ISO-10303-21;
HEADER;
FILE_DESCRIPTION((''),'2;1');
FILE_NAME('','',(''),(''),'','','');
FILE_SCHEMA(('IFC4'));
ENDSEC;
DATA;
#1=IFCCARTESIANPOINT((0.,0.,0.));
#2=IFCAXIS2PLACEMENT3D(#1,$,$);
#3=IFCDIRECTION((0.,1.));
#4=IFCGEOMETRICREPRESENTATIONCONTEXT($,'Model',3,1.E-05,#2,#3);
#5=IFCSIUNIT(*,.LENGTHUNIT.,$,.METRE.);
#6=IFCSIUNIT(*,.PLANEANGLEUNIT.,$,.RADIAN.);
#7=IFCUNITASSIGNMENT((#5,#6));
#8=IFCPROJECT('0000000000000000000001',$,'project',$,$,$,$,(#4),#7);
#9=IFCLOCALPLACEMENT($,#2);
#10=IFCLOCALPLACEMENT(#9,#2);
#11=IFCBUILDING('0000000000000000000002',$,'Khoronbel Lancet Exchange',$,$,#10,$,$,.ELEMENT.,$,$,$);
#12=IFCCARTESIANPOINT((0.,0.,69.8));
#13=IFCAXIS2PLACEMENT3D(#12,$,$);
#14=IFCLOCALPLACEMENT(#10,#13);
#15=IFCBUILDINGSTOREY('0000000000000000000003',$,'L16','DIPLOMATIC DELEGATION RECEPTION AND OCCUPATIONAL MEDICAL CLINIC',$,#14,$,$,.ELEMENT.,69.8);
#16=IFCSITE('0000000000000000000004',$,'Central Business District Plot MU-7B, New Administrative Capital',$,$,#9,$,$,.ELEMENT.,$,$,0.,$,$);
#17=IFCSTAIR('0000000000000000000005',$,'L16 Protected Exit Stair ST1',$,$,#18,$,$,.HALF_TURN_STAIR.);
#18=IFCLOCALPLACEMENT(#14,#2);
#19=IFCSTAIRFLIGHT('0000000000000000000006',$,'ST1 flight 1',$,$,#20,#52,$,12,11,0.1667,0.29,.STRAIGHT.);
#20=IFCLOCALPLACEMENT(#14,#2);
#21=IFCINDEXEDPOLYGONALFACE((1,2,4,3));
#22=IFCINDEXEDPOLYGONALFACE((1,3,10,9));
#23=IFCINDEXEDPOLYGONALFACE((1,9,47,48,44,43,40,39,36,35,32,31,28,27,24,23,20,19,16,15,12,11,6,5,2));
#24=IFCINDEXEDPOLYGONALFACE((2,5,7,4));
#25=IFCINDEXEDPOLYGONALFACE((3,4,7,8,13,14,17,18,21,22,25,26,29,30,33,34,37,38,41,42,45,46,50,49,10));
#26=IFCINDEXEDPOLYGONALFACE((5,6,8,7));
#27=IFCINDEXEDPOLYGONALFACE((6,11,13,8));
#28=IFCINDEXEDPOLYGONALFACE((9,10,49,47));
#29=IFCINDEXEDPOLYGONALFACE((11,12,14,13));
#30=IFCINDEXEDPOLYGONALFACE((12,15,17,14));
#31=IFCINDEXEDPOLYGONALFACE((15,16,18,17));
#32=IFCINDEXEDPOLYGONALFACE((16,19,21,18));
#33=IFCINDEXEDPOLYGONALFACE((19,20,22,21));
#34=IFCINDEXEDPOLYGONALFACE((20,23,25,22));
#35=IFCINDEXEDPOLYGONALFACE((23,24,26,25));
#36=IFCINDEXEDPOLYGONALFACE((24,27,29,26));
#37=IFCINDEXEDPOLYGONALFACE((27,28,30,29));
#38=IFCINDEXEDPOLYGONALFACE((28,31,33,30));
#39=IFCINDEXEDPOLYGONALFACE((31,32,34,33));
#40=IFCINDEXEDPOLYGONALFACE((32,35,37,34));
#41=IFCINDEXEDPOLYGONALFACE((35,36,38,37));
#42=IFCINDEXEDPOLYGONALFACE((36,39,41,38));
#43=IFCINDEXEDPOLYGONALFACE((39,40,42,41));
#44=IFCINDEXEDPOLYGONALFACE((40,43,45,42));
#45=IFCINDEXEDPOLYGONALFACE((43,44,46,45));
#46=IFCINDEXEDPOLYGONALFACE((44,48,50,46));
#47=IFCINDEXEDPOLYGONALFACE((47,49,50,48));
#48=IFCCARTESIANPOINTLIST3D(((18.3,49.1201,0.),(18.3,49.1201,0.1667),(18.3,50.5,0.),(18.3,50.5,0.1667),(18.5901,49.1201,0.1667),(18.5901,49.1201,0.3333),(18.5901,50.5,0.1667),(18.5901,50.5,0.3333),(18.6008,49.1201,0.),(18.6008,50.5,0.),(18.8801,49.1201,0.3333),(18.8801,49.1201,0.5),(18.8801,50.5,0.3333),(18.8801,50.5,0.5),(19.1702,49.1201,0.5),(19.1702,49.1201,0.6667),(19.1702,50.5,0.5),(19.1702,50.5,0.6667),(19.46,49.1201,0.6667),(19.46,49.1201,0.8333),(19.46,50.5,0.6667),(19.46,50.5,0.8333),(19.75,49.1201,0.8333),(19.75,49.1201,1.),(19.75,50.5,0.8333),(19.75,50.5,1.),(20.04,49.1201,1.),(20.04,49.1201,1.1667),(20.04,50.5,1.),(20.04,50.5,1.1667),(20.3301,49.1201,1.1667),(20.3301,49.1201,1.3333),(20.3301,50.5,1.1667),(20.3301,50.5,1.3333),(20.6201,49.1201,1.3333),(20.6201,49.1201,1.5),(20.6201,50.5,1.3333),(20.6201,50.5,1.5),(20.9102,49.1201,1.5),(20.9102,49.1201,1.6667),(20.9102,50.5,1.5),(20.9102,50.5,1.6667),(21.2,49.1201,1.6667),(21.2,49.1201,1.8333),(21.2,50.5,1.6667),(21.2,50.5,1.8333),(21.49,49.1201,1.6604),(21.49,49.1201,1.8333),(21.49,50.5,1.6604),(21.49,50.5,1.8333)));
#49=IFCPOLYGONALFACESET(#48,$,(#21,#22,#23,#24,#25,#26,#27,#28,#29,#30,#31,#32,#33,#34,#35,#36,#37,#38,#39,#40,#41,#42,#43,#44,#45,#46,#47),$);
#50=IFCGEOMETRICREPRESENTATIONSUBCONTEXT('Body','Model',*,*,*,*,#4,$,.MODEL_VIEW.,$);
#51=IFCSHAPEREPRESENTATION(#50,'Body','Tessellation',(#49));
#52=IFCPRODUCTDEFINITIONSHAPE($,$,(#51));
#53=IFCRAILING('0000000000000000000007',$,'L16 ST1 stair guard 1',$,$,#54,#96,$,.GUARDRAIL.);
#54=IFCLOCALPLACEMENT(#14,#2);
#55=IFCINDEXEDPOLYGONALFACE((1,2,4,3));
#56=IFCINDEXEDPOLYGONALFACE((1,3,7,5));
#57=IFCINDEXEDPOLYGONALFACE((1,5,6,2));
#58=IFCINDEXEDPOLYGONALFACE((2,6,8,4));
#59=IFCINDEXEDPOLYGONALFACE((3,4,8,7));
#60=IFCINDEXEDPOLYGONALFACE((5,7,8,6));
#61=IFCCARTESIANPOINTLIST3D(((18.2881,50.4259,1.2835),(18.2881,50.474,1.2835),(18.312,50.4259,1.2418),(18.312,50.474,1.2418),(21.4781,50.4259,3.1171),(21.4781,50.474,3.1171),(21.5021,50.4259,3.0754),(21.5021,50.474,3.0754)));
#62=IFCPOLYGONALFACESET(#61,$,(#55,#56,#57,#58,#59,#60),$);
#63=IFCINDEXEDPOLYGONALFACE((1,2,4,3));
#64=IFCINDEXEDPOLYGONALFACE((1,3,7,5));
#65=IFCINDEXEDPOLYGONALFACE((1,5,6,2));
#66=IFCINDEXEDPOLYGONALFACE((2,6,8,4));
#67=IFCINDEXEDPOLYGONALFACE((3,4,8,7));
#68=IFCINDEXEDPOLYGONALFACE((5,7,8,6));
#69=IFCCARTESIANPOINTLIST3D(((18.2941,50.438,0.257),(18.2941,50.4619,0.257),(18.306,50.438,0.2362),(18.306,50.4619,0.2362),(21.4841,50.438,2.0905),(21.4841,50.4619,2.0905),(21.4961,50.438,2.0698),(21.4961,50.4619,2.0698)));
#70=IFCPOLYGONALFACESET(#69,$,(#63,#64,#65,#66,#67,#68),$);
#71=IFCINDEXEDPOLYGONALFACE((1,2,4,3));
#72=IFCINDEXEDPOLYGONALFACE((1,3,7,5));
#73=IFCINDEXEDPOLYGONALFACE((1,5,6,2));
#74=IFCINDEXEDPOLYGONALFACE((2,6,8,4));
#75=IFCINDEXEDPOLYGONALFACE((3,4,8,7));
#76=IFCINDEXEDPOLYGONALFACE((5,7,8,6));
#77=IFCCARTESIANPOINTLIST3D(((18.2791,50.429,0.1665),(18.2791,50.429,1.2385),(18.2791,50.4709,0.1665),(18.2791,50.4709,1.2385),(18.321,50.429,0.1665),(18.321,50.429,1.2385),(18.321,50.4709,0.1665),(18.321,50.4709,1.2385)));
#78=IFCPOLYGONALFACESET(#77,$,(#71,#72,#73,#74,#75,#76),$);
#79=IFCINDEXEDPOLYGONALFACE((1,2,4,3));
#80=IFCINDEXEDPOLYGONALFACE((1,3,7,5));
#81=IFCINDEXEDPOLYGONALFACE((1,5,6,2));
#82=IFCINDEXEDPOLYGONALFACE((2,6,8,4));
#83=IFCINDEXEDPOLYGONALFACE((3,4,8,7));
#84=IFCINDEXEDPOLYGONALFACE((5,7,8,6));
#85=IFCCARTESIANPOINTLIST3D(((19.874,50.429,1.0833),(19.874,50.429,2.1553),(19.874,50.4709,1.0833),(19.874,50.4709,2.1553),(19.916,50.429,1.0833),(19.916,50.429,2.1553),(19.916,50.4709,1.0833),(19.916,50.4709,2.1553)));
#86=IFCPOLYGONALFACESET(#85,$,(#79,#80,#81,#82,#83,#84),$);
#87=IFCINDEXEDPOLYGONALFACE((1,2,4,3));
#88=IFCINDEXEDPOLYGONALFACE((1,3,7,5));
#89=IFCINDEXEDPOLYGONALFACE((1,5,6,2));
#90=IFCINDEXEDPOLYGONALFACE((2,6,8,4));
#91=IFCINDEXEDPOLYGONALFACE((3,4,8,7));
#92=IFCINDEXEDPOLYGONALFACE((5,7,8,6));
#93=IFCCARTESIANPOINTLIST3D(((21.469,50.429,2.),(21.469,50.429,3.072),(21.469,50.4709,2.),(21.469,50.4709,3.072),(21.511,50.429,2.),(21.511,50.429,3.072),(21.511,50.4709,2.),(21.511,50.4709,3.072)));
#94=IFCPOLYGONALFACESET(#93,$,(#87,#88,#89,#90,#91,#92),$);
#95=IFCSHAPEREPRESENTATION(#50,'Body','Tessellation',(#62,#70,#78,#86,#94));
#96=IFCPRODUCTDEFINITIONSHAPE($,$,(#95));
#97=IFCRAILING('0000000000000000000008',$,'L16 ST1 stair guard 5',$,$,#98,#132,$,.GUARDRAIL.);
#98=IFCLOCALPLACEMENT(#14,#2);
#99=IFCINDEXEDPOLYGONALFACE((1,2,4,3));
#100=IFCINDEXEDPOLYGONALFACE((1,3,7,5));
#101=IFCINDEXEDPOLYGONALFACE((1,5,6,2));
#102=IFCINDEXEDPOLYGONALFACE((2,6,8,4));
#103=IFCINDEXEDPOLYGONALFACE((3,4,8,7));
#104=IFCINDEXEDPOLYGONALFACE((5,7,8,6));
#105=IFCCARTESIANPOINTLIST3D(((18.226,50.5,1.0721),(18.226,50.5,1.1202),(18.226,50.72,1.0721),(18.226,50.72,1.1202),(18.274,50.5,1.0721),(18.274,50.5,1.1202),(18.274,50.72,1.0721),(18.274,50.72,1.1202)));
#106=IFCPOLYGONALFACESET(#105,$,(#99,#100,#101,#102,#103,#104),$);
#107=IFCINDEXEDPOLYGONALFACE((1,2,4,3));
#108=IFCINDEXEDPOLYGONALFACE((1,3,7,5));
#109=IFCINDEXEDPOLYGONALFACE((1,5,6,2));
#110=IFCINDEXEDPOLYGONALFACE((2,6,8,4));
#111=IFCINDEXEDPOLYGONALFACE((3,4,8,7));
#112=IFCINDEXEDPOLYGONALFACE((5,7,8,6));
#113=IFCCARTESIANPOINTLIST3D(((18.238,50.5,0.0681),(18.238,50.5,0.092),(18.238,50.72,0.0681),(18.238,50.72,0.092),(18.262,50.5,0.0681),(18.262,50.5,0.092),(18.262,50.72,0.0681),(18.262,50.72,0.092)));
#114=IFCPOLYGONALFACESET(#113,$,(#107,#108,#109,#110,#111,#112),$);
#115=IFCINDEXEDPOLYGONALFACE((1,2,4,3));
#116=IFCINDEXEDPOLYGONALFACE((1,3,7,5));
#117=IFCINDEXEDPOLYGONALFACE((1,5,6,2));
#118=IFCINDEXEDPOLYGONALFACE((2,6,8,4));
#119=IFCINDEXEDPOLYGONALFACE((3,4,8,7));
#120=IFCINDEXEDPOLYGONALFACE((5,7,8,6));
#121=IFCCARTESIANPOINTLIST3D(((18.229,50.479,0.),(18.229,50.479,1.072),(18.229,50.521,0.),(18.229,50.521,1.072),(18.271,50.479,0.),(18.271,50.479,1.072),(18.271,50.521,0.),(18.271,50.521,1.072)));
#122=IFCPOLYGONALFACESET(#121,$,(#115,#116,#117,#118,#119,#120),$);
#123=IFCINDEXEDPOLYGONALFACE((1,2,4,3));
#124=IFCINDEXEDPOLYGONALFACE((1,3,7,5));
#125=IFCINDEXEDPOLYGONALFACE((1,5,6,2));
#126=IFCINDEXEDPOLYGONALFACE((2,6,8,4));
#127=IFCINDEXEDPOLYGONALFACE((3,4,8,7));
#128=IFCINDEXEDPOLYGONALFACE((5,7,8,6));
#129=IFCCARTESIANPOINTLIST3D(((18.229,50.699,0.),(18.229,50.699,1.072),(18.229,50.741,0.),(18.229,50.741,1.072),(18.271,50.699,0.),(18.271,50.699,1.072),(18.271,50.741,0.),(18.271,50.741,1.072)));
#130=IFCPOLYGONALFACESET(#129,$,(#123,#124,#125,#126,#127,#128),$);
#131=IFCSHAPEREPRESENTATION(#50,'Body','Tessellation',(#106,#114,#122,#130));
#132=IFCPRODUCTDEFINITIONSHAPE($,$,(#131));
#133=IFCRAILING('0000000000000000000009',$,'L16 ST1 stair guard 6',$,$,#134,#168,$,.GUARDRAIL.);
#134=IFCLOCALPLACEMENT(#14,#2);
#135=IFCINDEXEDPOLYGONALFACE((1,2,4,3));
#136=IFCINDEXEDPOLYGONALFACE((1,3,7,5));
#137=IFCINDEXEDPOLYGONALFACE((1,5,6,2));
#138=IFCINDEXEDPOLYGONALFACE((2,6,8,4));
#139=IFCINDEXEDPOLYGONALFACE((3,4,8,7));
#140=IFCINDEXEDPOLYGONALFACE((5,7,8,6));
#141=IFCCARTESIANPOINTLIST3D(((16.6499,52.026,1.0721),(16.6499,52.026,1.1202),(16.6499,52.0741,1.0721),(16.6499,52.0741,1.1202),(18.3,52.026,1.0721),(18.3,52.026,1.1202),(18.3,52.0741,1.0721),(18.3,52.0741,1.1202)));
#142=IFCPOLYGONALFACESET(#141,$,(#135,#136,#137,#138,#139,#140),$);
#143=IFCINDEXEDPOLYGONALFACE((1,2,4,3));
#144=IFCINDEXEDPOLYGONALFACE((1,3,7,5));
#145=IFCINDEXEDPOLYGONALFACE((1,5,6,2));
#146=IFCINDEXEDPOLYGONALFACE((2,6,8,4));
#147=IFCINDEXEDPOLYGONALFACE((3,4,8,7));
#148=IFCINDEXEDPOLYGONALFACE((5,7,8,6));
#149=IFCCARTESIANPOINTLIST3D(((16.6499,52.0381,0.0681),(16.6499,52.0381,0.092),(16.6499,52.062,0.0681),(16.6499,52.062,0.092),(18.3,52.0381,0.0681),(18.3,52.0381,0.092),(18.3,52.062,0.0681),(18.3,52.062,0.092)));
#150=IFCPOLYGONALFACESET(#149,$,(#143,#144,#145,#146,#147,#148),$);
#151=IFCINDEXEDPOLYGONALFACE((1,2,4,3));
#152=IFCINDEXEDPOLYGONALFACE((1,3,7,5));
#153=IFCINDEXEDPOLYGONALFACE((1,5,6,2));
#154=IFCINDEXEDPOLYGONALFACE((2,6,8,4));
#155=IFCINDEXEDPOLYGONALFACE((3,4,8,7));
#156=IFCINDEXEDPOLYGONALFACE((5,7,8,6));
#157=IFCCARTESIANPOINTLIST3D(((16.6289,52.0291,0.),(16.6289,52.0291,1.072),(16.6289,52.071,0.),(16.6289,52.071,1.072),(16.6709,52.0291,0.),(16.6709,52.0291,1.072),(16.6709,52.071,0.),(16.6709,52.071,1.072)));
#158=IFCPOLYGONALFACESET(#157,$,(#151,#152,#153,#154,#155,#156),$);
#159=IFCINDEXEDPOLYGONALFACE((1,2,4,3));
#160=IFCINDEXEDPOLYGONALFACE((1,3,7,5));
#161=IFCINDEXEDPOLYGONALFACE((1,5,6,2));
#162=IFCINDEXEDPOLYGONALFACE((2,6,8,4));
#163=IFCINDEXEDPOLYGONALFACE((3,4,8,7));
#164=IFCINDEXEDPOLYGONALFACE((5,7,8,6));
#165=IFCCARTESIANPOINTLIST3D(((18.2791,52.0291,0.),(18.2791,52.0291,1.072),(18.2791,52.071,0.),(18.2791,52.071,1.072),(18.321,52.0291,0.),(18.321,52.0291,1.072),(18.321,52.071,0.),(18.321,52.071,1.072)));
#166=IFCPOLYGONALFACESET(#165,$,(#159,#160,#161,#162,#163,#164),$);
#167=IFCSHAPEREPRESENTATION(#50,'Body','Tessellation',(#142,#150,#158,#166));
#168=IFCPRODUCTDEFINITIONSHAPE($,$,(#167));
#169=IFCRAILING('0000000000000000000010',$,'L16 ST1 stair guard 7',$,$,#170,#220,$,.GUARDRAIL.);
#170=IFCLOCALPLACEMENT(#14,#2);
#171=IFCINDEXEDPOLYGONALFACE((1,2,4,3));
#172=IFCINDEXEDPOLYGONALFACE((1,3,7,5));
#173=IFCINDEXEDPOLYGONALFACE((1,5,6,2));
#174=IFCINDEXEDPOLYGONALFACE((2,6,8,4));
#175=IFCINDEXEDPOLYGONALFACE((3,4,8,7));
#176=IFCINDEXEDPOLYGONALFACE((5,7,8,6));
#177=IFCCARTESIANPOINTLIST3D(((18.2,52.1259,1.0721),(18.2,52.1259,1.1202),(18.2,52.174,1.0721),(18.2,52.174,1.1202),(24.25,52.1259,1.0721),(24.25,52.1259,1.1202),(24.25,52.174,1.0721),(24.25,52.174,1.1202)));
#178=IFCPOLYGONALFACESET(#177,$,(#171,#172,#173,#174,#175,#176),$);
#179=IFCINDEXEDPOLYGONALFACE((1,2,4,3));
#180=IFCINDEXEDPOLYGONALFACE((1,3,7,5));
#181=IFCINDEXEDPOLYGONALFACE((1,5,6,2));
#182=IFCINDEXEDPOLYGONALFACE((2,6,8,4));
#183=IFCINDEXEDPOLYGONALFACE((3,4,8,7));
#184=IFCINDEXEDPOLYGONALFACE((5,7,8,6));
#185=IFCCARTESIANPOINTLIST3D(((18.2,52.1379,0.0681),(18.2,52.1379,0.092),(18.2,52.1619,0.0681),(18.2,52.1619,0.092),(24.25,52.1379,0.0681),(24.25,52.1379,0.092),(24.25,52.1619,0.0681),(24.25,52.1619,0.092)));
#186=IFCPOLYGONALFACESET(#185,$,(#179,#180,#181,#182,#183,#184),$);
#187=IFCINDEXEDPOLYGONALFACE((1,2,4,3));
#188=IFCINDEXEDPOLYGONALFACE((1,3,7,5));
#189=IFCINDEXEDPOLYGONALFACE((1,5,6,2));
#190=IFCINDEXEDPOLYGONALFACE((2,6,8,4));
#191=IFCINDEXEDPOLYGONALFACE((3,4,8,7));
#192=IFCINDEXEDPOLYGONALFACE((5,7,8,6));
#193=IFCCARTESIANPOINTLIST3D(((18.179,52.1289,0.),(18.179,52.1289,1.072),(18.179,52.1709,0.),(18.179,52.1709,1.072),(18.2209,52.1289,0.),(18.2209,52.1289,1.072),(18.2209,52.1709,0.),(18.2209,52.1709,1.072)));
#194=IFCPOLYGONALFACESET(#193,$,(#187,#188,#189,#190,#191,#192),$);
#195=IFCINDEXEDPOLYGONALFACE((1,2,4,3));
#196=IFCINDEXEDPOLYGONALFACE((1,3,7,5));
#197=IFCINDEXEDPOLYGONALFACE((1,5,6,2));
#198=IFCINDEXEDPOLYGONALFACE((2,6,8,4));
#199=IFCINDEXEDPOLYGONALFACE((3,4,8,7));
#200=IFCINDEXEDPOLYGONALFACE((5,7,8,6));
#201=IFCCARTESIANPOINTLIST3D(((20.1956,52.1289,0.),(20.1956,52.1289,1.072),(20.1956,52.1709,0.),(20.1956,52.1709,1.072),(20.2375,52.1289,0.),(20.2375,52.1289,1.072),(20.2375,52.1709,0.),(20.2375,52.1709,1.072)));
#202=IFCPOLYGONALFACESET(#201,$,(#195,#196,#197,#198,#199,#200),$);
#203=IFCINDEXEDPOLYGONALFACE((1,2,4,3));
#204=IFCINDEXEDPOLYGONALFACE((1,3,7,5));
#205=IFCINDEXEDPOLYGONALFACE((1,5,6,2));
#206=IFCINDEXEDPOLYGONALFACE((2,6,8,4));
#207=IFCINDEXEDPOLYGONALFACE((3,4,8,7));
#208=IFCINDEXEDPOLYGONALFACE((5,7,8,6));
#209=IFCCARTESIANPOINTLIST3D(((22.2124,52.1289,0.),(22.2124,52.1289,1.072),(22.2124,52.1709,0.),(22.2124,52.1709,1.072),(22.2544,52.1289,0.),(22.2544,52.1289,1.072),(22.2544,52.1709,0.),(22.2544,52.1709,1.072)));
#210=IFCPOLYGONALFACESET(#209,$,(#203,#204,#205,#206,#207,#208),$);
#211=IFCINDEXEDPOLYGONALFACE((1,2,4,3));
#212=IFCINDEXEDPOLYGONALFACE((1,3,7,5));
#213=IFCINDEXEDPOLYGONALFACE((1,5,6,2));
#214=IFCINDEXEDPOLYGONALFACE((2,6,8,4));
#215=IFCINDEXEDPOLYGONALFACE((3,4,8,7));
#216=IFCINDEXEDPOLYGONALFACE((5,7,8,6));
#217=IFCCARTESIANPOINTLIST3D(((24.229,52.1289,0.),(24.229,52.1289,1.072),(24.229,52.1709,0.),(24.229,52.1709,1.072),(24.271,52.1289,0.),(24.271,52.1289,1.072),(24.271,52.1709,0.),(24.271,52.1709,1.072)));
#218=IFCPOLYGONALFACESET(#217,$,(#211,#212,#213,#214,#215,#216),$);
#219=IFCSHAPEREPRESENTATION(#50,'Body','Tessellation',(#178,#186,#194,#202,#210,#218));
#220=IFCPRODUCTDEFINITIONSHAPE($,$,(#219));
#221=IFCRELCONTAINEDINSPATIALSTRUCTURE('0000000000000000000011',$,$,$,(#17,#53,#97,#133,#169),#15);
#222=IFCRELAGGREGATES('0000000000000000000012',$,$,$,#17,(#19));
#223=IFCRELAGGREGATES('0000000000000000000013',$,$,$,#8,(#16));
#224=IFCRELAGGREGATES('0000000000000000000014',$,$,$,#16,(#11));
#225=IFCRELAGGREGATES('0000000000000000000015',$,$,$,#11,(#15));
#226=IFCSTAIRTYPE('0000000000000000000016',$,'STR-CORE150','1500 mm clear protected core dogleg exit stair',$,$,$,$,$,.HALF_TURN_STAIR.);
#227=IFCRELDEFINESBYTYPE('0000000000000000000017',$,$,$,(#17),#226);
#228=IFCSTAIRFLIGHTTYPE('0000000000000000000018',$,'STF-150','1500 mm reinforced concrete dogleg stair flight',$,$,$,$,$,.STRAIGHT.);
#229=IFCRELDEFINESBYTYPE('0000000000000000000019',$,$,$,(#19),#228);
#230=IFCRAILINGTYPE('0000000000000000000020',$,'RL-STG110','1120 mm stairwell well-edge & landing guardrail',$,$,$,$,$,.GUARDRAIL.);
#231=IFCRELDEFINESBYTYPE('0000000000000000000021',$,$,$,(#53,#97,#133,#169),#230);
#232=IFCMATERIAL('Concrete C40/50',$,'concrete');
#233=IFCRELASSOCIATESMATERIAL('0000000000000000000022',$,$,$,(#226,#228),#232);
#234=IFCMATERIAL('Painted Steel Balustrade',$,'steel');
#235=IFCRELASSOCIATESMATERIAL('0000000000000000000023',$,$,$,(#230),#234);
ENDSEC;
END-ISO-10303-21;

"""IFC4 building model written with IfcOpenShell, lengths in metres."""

from ifc_helpers import new_model, si_unit, direction, frame, origin, origin_2d, place, context, subcontext, project, spatial, polyline, rectangle, outline, extrude, material, type_object, element, aggregate, save


model = new_model("IFC4")

# Units and contexts
model_context = context("Model", 3, precision=1e-05, world=origin(), true_north=direction((0.0, 1.0)))
body_context = subcontext(model_context, "Body", "Model", "MODEL_VIEW")
ifc_project = project(units=[si_unit("LENGTHUNIT", "METRE"), si_unit("PLANEANGLEUNIT", "RADIAN")], contexts=[model_context])

# Site, building, storey
site_placement = place(None, origin())
site = spatial("IfcSite", under=ifc_project, at=site_placement, Name="Central Business District Plot MU-7B, New Administrative Capital", CompositionType="ELEMENT", RefElevation=0.0)
building_placement = place(site_placement, origin())
building = spatial("IfcBuilding", under=site, at=building_placement, Name="Khoronbel Lancet Exchange", CompositionType="ELEMENT")
storey_placement = place(building_placement, frame((0.0, 0.0, 69.8)))
storey = spatial("IfcBuildingStorey", under=building, at=storey_placement, Name="L16", Description="DIPLOMATIC DELEGATION RECEPTION AND OCCUPATIONAL MEDICAL CLINIC", CompositionType="ELEMENT", Elevation=69.8)

# Stair, stair flight
ifc_material_1 = material(Name="Concrete C40/50", Category="concrete")
stair_type = type_object("IfcStairType", Name="STR-CORE150", Description="1500 mm clear protected core dogleg exit stair", PredefinedType="HALF_TURN_STAIR", material=ifc_material_1)
stair_placement = place(storey_placement, origin())
stair = element("IfcStair", 1, at=stair_placement, inside=storey, type_object=stair_type, Name="L16 Protected Exit Stair ST1", PredefinedType="HALF_TURN_STAIR")
stair_flight_type = type_object("IfcStairFlightType", Name="STF-150", Description="1500 mm reinforced concrete dogleg stair flight", PredefinedType="STRAIGHT", material=ifc_material_1)
stair_flight_placement = place(storey_placement, frame((18.3, 49.8101, 0.0), z_axis=(0.0, 0.0, 1.0), x_axis=(1.0, 0.0, 0.0)))
stair_flight = element("IfcStairFlight", 2, at=stair_flight_placement, type_object=stair_flight_type, Name="ST1 flight 1", NumberOfRisers=12, NumberOfTreads=11, PredefinedType="STRAIGHT", RiserHeight=0.1667, TreadLength=0.29, context=body_context, shape_type="SweptSolid", body=[
    extrude(outline(polyline([(0.0, 0.0), (0.0, 0.1667), (0.29, 0.1667), (0.29, 0.3333), (0.5801, 0.3333), (0.5801, 0.5), (0.8701, 0.5), (0.8701, 0.6667), (1.1599, 0.6667), (1.1599, 0.8333), (1.45, 0.8333), (1.45, 1.0), (1.74, 1.0), (1.74, 1.1667), (2.03, 1.1667), (2.03, 1.3333), (2.3201, 1.3333), (2.3201, 1.5), (2.6101, 1.5), (2.6101, 1.6667), (2.8999, 1.6667), (2.8999, 1.8333), (3.1899, 1.8333), (3.1899, 2.0), (3.1899, 1.6604), (0.3008, 0.0), (0.0, 0.0)])), frame((0.0, 0.6899, 0.0), z_axis=(0.0, -1.0, 0.0), x_axis=(1.0, 0.0, 0.0)), (0.0, 0.0, 1.0), 1.3799),
])
aggregate(stair, [stair_flight])

# Railings
ifc_material_2 = material(Name="Painted Steel Balustrade", Category="steel")
railing_type_1 = type_object("IfcRailingType", Name="RL-STG110", Description="1120 mm stairwell well-edge & landing guardrail", PredefinedType="GUARDRAIL", material=ifc_material_2)
railing_1_placement = place(storey_placement, frame((18.3, 50.45, 0.1665)))
element("IfcRailing", 3, at=railing_1_placement, inside=storey, type_object=railing_type_1, Name="L16 ST1 stair guard 1", PredefinedType="GUARDRAIL", context=body_context, shape_type="SweptSolid", body=[
    extrude(rectangle(XDim=0.0481, YDim=0.0481, at=origin_2d()), frame((0.0, 0.0, 1.0962), z_axis=(0.866991, 0.0, 0.498324), x_axis=(0.0, 1.0, 0.0)), (0.0, 0.0, 1.0), 3.6794),
    extrude(rectangle(XDim=0.0239, YDim=0.0239, at=origin_2d()), frame((0.0, 0.0, 0.0801), z_axis=(0.866991, 0.0, 0.498324), x_axis=(0.0, 1.0, 0.0)), (0.0, 0.0, 1.0), 3.6794),
    extrude(rectangle(XDim=0.042, YDim=0.042, at=origin_2d()), origin(), (0.0, 0.0, 1.0), 1.072),
    extrude(rectangle(XDim=0.042, YDim=0.042, at=origin_2d()), frame((1.595, 0.0, 0.9167)), (0.0, 0.0, 1.0), 1.072),
    extrude(rectangle(XDim=0.042, YDim=0.042, at=origin_2d()), frame((3.1899, 0.0, 1.8335)), (0.0, 0.0, 1.0), 1.072),
])
railing_2_placement = place(storey_placement, frame((18.25, 50.5, 0.0)))
element("IfcRailing", 4, at=railing_2_placement, inside=storey, type_object=railing_type_1, Name="L16 ST1 stair guard 5", PredefinedType="GUARDRAIL", context=body_context, shape_type="SweptSolid", body=[
    extrude(rectangle(XDim=0.0481, YDim=0.0481, at=origin_2d()), frame((0.0, 0.0, 1.0962), z_axis=(0.0, 1.0, 0.0), x_axis=(-1.0, 0.0, 0.0)), (0.0, 0.0, 1.0), 0.22),
    extrude(rectangle(XDim=0.0239, YDim=0.0239, at=origin_2d()), frame((0.0, 0.0, 0.0801), z_axis=(0.0, 1.0, 0.0), x_axis=(-1.0, 0.0, 0.0)), (0.0, 0.0, 1.0), 0.22),
    extrude(rectangle(XDim=0.042, YDim=0.042, at=origin_2d()), origin(), (0.0, 0.0, 1.0), 1.072),
    extrude(rectangle(XDim=0.042, YDim=0.042, at=origin_2d()), frame((0.0, 0.22, 0.0)), (0.0, 0.0, 1.0), 1.072),
])
railing_3_placement = place(storey_placement, frame((16.6499, 52.05, 0.0)))
element("IfcRailing", 5, at=railing_3_placement, inside=storey, type_object=railing_type_1, Name="L16 ST1 stair guard 6", PredefinedType="GUARDRAIL", context=body_context, shape_type="SweptSolid", body=[
    extrude(rectangle(XDim=0.0481, YDim=0.0481, at=origin_2d()), frame((0.0, 0.0, 1.0962), z_axis=(1.0, 0.0, 0.0), x_axis=(0.0, 1.0, 0.0)), (0.0, 0.0, 1.0), 1.6501),
    extrude(rectangle(XDim=0.0239, YDim=0.0239, at=origin_2d()), frame((0.0, 0.0, 0.0801), z_axis=(1.0, 0.0, 0.0), x_axis=(0.0, 1.0, 0.0)), (0.0, 0.0, 1.0), 1.6501),
    extrude(rectangle(XDim=0.042, YDim=0.042, at=origin_2d()), origin(), (0.0, 0.0, 1.0), 1.072),
    extrude(rectangle(XDim=0.042, YDim=0.042, at=origin_2d()), frame((1.6501, 0.0, 0.0)), (0.0, 0.0, 1.0), 1.072),
])
railing_4_placement = place(storey_placement, frame((18.2, 52.1499, 0.0)))
element("IfcRailing", 6, at=railing_4_placement, inside=storey, type_object=railing_type_1, Name="L16 ST1 stair guard 7", PredefinedType="GUARDRAIL", context=body_context, shape_type="SweptSolid", body=[
    extrude(rectangle(XDim=0.0481, YDim=0.0481, at=origin_2d()), frame((0.0, 0.0, 1.0962), z_axis=(1.0, 0.0, 0.0), x_axis=(0.0, 1.0, 0.0)), (0.0, 0.0, 1.0), 6.05),
    extrude(rectangle(XDim=0.0239, YDim=0.0239, at=origin_2d()), frame((0.0, 0.0, 0.0801), z_axis=(1.0, 0.0, 0.0), x_axis=(0.0, 1.0, 0.0)), (0.0, 0.0, 1.0), 6.05),
    extrude(rectangle(XDim=0.042, YDim=0.042, at=origin_2d()), origin(), (0.0, 0.0, 1.0), 1.072),
    extrude(rectangle(XDim=0.042, YDim=0.042, at=origin_2d()), frame((2.0166, 0.0, 0.0)), (0.0, 0.0, 1.0), 1.072),
    extrude(rectangle(XDim=0.042, YDim=0.042, at=origin_2d()), frame((4.0334, 0.0, 0.0)), (0.0, 0.0, 1.0), 1.072),
    extrude(rectangle(XDim=0.042, YDim=0.042, at=origin_2d()), frame((6.05, 0.0, 0.0)), (0.0, 0.0, 1.0), 1.072),
])

save(model, "model.ifc")
